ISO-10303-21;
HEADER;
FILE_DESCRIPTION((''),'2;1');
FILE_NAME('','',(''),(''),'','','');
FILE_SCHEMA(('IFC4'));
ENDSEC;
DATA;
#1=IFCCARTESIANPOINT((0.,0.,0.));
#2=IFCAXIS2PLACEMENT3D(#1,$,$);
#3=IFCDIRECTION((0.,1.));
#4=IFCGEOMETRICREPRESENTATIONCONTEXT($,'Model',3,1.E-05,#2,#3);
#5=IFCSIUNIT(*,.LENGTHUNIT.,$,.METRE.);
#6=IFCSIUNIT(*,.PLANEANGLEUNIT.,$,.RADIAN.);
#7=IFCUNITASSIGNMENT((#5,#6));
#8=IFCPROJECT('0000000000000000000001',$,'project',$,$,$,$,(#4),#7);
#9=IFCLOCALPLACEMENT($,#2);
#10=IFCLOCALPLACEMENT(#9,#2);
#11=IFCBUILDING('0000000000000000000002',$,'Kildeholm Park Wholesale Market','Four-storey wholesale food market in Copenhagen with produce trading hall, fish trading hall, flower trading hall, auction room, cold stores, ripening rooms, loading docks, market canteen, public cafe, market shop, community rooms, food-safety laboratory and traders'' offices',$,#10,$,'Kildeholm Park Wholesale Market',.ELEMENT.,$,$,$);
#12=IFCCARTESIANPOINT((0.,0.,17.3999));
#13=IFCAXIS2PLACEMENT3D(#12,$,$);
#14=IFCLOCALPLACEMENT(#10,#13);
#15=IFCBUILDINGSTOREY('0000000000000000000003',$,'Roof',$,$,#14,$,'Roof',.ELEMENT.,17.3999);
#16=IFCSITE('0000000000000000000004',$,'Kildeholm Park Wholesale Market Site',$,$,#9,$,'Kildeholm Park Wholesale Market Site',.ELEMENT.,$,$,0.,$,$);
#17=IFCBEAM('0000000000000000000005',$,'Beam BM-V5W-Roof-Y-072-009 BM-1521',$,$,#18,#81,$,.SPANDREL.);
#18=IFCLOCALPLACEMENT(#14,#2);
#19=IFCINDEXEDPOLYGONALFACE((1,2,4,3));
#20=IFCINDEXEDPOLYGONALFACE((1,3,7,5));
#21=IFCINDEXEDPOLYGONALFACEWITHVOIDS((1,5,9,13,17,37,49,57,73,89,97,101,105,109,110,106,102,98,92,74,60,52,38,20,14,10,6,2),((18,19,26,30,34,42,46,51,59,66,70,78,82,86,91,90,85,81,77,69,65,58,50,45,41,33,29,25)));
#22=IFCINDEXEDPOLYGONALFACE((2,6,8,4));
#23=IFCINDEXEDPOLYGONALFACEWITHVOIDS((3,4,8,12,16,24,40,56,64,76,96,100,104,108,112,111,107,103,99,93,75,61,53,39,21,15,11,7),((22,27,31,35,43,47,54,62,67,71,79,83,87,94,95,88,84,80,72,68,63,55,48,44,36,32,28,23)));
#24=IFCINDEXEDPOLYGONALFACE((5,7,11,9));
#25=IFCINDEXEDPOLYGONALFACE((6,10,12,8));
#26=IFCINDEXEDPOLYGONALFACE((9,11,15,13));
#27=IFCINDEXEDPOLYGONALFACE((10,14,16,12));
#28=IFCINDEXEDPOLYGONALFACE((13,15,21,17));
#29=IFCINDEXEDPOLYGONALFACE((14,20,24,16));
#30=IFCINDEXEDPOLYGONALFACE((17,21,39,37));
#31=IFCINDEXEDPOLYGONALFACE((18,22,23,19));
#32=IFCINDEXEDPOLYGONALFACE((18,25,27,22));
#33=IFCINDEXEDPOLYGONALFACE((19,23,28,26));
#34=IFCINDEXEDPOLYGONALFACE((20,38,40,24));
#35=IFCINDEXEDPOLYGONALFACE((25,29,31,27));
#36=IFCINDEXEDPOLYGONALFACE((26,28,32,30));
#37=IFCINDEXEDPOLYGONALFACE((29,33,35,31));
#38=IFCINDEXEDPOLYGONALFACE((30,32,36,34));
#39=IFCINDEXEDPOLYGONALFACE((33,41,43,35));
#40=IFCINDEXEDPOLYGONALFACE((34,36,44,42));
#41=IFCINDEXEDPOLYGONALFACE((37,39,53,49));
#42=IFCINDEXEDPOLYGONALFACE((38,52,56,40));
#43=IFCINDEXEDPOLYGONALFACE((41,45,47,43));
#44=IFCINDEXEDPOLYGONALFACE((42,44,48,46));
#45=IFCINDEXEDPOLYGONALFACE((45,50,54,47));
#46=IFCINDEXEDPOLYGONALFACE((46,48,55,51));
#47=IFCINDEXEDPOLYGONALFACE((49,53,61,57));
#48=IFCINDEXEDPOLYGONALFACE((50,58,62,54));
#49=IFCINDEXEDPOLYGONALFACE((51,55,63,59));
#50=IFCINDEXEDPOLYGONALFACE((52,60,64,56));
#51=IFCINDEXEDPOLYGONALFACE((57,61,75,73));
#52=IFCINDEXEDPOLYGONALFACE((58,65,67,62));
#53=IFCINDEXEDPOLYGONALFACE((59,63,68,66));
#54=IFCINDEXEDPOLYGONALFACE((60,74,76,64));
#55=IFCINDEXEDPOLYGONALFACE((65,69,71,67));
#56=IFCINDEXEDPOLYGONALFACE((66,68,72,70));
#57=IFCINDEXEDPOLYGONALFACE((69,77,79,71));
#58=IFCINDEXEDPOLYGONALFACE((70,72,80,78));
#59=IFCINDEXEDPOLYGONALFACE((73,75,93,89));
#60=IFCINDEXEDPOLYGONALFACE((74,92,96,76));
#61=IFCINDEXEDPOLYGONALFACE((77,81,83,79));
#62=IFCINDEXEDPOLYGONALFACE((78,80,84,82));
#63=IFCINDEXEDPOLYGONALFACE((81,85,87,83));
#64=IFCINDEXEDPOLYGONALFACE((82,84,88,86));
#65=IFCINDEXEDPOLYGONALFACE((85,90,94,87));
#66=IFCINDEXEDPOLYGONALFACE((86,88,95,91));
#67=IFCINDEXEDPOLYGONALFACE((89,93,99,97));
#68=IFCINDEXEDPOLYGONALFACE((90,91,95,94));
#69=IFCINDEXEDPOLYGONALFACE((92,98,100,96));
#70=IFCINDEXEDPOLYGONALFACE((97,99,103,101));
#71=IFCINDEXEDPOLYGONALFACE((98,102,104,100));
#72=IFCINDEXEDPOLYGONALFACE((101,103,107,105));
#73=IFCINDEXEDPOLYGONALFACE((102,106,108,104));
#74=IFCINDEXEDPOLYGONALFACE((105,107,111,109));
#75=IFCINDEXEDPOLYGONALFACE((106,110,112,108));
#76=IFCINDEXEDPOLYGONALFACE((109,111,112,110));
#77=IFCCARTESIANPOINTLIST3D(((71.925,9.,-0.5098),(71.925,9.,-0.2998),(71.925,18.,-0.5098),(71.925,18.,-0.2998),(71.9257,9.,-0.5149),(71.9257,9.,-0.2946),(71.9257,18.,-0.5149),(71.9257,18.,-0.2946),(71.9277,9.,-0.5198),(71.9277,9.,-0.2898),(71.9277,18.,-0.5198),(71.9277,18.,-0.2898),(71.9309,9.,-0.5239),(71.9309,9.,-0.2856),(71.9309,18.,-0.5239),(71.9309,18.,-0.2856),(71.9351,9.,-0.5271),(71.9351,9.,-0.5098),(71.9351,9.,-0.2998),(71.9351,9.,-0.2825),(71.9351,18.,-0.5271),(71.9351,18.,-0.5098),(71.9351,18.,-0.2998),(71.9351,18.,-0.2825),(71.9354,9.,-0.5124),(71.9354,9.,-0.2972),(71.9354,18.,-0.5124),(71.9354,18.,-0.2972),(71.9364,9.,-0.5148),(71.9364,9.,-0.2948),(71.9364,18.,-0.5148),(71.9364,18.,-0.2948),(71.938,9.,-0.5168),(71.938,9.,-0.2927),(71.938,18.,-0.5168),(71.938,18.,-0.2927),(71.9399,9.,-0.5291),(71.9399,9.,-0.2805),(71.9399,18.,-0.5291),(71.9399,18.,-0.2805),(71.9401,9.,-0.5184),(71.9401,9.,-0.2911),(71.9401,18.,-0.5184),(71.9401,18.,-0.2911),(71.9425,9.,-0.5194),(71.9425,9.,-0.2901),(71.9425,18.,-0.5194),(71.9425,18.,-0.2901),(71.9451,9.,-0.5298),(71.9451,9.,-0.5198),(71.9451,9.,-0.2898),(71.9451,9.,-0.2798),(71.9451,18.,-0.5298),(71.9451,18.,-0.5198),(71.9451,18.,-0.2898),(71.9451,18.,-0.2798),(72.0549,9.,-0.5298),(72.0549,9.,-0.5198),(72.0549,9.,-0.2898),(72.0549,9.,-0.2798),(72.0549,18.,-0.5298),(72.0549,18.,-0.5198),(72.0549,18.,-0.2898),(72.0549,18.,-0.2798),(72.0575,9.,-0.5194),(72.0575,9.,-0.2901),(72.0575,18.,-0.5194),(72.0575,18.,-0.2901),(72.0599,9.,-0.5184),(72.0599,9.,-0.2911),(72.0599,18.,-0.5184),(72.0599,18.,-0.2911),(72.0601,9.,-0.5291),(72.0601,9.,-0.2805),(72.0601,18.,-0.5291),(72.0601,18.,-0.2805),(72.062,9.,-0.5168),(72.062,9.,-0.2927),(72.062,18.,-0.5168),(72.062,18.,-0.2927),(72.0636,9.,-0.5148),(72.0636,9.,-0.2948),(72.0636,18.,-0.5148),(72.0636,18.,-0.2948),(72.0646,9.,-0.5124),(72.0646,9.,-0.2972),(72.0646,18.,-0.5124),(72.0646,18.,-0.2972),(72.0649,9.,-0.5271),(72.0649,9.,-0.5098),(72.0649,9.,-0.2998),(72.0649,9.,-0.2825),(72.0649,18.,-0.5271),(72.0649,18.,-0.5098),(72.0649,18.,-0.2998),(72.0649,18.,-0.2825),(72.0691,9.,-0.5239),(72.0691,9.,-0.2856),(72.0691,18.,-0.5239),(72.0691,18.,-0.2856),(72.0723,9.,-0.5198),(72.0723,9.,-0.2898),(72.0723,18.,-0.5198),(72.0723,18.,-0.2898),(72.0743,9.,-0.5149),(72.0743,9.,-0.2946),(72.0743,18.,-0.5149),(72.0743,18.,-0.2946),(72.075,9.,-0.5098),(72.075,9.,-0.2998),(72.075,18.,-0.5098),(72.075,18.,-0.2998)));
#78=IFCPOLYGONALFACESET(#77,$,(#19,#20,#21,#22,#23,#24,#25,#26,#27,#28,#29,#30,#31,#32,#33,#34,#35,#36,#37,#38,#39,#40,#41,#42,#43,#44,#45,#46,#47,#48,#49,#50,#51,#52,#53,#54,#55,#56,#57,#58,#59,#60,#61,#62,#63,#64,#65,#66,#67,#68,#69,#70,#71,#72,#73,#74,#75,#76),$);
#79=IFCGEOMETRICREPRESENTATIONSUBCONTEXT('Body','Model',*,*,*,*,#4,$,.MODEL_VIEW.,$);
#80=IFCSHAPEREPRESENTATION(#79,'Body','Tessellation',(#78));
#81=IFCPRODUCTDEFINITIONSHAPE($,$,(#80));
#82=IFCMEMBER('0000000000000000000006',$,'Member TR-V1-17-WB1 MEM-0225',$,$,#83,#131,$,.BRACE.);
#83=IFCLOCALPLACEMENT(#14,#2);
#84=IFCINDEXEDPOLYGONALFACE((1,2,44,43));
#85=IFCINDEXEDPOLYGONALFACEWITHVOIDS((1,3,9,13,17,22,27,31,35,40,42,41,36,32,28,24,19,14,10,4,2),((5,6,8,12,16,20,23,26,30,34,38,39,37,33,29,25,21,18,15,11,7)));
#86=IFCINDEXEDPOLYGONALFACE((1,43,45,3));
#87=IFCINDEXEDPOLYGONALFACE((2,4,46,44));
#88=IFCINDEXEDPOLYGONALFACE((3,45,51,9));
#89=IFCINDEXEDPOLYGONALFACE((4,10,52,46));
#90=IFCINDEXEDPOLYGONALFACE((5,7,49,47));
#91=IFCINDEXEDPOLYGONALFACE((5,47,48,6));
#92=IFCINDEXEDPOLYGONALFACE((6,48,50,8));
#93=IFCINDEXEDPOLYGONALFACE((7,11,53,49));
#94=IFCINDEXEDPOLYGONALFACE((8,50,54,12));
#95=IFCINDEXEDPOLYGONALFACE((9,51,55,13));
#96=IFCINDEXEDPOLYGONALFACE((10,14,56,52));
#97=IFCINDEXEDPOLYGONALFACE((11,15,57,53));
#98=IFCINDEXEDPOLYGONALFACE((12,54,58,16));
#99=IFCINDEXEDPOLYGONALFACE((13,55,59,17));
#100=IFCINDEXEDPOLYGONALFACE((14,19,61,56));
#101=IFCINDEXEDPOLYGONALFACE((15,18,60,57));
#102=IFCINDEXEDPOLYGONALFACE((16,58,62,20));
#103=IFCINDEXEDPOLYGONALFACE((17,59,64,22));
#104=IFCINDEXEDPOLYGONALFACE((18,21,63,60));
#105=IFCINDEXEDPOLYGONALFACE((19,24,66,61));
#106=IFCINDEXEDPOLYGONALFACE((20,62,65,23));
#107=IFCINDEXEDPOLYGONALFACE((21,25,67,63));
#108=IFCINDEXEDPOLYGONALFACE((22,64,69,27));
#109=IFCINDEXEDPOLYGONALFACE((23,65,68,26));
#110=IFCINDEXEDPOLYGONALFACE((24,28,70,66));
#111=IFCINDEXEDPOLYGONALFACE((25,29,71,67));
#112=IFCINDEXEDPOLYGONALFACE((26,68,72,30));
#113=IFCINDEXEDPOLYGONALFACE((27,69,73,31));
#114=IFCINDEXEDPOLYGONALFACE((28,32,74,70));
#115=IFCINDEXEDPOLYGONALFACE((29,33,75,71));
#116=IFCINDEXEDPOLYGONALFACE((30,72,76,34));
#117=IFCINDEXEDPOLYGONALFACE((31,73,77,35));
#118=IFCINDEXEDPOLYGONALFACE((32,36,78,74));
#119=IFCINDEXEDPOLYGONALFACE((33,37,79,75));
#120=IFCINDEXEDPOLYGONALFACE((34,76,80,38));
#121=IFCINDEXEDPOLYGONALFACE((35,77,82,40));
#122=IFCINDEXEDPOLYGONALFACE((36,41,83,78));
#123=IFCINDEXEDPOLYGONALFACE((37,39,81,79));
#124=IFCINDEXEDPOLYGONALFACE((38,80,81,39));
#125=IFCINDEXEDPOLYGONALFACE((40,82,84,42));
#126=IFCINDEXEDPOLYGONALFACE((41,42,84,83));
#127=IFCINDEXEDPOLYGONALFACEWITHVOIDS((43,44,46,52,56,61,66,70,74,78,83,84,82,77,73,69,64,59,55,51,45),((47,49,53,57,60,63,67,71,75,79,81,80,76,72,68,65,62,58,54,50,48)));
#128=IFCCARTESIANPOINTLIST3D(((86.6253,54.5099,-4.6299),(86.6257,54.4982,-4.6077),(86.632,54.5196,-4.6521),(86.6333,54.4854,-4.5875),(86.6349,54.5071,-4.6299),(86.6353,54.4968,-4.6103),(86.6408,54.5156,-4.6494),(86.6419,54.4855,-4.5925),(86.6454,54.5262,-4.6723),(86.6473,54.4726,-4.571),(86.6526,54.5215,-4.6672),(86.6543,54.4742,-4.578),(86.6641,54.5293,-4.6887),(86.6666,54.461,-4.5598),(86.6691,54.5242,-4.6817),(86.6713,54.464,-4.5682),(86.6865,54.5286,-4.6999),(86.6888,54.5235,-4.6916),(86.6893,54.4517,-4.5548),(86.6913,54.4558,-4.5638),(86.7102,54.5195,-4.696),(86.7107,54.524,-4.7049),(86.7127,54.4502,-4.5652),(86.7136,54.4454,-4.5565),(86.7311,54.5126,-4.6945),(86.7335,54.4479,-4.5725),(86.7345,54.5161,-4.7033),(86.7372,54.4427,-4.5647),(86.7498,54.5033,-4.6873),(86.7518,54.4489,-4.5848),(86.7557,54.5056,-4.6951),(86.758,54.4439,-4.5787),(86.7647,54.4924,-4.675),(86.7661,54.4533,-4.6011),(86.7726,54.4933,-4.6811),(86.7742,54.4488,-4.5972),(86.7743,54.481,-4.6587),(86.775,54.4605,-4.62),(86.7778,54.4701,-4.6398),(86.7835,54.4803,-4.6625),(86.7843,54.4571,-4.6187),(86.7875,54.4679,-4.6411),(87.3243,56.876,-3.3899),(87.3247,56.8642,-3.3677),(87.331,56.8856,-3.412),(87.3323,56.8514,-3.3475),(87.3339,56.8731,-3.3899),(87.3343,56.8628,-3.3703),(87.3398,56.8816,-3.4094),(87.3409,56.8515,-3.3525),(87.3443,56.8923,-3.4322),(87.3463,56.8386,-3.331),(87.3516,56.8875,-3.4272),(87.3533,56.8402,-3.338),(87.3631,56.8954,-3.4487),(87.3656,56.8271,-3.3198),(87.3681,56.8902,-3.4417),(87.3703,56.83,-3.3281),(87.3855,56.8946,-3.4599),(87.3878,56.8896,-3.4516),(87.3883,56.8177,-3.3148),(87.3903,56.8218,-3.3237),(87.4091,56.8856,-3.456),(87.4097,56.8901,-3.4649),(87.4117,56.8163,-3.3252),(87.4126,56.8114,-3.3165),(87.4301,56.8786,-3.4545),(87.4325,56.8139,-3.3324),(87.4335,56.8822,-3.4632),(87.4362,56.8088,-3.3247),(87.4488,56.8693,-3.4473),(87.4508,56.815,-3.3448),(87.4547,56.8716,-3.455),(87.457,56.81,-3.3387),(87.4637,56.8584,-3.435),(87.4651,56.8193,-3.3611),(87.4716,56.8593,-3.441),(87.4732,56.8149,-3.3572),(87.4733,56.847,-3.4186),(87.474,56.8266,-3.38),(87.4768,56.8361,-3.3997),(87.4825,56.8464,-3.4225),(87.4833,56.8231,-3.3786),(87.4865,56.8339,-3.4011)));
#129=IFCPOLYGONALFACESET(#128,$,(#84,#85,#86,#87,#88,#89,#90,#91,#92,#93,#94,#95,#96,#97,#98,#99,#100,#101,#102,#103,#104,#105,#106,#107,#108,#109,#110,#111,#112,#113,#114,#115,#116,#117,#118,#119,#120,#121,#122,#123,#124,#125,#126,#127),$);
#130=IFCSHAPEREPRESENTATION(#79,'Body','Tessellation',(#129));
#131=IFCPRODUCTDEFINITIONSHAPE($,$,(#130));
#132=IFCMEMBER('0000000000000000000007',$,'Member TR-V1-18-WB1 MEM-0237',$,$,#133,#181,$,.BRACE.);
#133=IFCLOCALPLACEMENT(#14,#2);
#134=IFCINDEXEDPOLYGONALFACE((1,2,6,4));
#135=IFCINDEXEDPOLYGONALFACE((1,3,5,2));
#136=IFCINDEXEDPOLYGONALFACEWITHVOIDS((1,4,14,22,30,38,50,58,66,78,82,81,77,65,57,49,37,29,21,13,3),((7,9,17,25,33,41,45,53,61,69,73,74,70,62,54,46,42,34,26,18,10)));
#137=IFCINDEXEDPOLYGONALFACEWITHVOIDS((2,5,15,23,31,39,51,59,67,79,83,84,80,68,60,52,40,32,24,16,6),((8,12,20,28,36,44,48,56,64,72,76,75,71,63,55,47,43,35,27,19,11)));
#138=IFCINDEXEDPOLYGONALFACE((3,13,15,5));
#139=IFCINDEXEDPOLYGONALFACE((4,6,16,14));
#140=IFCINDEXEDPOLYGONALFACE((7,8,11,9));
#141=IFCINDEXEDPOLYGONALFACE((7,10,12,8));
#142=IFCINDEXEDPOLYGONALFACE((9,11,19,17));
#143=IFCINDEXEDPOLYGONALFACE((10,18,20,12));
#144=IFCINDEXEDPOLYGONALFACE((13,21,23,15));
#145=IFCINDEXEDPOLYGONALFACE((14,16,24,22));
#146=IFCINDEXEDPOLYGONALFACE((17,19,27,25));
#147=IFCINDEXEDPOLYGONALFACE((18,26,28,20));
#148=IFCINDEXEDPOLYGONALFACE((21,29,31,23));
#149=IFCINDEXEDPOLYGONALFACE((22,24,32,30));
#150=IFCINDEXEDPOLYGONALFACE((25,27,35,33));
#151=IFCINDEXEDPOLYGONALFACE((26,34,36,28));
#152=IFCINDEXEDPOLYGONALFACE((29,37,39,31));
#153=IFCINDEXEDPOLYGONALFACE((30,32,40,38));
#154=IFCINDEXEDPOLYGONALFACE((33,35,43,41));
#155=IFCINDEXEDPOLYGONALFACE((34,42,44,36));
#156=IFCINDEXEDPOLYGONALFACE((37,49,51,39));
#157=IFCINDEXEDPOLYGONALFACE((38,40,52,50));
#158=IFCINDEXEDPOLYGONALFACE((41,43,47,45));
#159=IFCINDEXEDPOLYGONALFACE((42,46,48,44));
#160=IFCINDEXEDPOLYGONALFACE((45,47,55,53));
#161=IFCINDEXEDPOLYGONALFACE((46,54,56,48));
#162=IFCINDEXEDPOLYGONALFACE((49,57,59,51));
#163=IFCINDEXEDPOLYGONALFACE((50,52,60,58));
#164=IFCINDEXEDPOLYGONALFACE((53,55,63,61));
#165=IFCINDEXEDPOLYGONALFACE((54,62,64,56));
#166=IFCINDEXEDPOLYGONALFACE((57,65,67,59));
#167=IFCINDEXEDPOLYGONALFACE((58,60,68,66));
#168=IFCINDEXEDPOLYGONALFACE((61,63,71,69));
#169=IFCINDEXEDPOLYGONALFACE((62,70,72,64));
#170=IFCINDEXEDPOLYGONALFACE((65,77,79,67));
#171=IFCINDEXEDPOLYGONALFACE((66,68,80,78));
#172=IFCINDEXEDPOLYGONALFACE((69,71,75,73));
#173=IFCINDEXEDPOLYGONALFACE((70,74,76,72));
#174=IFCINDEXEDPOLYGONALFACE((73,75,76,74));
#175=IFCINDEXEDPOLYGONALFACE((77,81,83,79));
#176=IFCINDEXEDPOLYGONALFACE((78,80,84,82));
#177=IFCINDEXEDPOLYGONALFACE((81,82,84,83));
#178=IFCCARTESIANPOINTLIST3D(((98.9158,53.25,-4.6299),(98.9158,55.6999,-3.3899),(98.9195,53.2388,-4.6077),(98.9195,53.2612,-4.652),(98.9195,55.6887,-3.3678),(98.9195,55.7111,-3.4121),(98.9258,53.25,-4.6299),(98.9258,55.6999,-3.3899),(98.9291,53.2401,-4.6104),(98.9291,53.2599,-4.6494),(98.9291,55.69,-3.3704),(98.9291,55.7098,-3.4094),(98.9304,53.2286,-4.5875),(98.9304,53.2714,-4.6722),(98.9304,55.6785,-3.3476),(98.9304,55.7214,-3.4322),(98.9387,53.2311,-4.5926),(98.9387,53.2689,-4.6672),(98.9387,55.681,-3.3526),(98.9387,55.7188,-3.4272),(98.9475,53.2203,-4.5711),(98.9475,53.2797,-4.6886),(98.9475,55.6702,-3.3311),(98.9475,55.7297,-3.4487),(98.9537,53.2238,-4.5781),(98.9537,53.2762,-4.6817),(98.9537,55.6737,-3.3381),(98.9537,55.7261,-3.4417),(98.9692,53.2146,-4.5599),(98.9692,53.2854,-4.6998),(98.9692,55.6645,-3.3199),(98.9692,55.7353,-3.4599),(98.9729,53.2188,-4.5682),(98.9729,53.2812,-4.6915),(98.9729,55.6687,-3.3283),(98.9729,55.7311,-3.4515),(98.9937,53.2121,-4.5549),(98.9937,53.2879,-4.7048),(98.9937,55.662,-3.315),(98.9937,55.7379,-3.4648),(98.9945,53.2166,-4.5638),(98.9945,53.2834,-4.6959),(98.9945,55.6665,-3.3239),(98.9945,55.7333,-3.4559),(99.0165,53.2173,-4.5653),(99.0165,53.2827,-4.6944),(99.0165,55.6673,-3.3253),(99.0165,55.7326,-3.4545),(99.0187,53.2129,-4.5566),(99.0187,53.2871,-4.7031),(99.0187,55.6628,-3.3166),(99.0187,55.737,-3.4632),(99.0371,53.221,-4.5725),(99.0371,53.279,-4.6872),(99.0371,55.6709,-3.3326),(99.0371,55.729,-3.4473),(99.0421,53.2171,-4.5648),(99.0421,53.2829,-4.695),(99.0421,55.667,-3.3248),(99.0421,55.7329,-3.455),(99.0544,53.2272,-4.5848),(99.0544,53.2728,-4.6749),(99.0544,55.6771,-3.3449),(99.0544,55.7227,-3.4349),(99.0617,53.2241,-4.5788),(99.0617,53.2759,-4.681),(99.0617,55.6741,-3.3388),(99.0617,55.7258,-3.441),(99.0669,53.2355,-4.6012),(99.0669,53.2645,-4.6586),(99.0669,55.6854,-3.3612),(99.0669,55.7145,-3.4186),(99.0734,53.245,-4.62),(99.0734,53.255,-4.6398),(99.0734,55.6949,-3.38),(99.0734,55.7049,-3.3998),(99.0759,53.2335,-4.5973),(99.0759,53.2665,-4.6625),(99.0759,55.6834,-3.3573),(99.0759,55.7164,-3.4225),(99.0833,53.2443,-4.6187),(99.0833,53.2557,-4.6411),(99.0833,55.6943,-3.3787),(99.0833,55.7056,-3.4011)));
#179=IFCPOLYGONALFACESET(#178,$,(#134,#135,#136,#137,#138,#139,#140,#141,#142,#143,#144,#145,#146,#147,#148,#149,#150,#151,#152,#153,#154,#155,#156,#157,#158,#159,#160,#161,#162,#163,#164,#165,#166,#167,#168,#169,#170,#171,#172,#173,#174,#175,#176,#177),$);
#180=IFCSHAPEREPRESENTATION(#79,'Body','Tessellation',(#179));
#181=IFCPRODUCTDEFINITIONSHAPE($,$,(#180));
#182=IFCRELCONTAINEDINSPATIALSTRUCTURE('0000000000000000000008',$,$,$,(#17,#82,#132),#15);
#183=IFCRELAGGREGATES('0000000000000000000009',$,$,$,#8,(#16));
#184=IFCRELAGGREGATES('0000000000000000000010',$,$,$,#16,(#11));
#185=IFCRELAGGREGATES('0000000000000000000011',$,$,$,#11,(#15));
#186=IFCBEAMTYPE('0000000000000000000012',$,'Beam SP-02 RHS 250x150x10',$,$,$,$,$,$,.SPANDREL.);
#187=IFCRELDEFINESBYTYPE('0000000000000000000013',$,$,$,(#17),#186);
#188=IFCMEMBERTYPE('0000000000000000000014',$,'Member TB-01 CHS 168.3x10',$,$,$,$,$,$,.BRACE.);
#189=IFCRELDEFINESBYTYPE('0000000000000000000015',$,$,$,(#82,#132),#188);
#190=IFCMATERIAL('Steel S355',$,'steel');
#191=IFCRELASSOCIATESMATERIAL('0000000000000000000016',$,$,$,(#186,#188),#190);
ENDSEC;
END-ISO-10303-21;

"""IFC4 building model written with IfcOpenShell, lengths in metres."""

from ifc_helpers import new_model, si_unit, direction, frame, origin, origin_2d, place, context, subcontext, project, spatial, hollow_rectangle, hollow_circle, extrude, material, material_profile, profile_set, type_object, element, save


model = new_model("IFC4")

# Units and contexts
model_context = context("Model", 3, precision=1e-05, world=origin(), true_north=direction((0.0, 1.0)))
body_context = subcontext(model_context, "Body", "Model", "MODEL_VIEW")
ifc_project = project(units=[si_unit("LENGTHUNIT", "METRE"), si_unit("PLANEANGLEUNIT", "RADIAN")], contexts=[model_context])

# Site, building, storey
site_placement = place(None, origin())
site = spatial("IfcSite", under=ifc_project, at=site_placement, Name="Kildeholm Park Wholesale Market Site", LongName="Kildeholm Park Wholesale Market Site", CompositionType="ELEMENT", RefElevation=0.0)
building_placement = place(site_placement, origin())
building = spatial("IfcBuilding", under=site, at=building_placement, Name="Kildeholm Park Wholesale Market", Description="Four-storey wholesale food market in Copenhagen with produce trading hall, fish trading hall, flower trading hall, auction room, cold stores, ripening rooms, loading docks, market canteen, public cafe, market shop, community rooms, food-safety laboratory and traders' offices", LongName="Kildeholm Park Wholesale Market", CompositionType="ELEMENT")
storey_placement = place(building_placement, frame((0.0, 0.0, 17.3999)))
storey = spatial("IfcBuildingStorey", under=building, at=storey_placement, Name="Roof", LongName="Roof", CompositionType="ELEMENT", Elevation=17.3999)

# Beam
ifc_material_1 = material(Name="Steel S355", Category="steel")
ifc_material_profile_1 = material_profile(ifc_material_1, hollow_rectangle(XDim=0.1499, YDim=0.25, WallThickness=0.01, InnerFilletRadius=0.01, OuterFilletRadius=0.02, at=origin_2d()), Name="RHS 250x150x10")
ifc_profile_set_1 = profile_set([ifc_material_profile_1], Name="Steel S355")
beam_type_1 = type_object("IfcBeamType", Name="Beam SP-02 RHS 250x150x10", PredefinedType="SPANDREL", material=ifc_profile_set_1)
for number, where, z_axis, x_axis, name in (
    (1, (72.0, 9.0, -0.4048), (0.0, 1.0, 0.0), (-1.0, 0.0, 0.0), "Beam BM-V5W-Roof-Y-072-009 BM-1521"),
):
    element("IfcBeam", number, at=place(storey_placement, frame(where, z_axis=z_axis, x_axis=x_axis)), inside=storey, type_object=beam_type_1, Name=name, PredefinedType="SPANDREL", context=body_context, shape_type="SweptSolid", body=[
        extrude(hollow_rectangle(XDim=0.1499, YDim=0.25, WallThickness=0.01, InnerFilletRadius=0.01, OuterFilletRadius=0.02, at=origin_2d()), origin(), (0.0, 0.0, 1.0), 9.0),
    ])

# Members
ifc_material_profile_2 = material_profile(ifc_material_1, hollow_circle(Radius=0.0842, WallThickness=0.01, at=origin_2d()), Name="CHS 168.3x10")
ifc_profile_set_2 = profile_set([ifc_material_profile_2], Name="Steel S355")
member_type_1 = type_object("IfcMemberType", Name="Member TB-01 CHS 168.3x10", PredefinedType="BRACE", material=ifc_profile_set_2)
member_1_placement = place(storey_placement, frame((86.7061, 54.4861, -4.6299), z_axis=(0.253146, 0.856878, 0.449085), x_axis=(-0.959024, 0.283323, 0.0)))
element("IfcMember", 2, at=member_1_placement, inside=storey, type_object=member_type_1, Name="Member TR-V1-17-WB1 MEM-0225", PredefinedType="BRACE", context=body_context, shape_type="SweptSolid", body=[
    extrude(hollow_circle(Radius=0.0842, WallThickness=0.01, at=origin_2d()), origin(), (0.0, 0.0, 1.0), 2.7612),
])
member_2_placement = place(storey_placement, frame((99.0, 53.25, -4.6299), z_axis=(0.0, 0.892229, 0.451583), x_axis=(-1.0, 0.0, 0.0)))
element("IfcMember", 3, at=member_2_placement, inside=storey, type_object=member_type_1, Name="Member TR-V1-18-WB1 MEM-0237", PredefinedType="BRACE", context=body_context, shape_type="SweptSolid", body=[
    extrude(hollow_circle(Radius=0.0842, WallThickness=0.01, at=origin_2d()), origin(), (0.0, 0.0, 1.0), 2.7458),
])

save(model, "model.ifc")
